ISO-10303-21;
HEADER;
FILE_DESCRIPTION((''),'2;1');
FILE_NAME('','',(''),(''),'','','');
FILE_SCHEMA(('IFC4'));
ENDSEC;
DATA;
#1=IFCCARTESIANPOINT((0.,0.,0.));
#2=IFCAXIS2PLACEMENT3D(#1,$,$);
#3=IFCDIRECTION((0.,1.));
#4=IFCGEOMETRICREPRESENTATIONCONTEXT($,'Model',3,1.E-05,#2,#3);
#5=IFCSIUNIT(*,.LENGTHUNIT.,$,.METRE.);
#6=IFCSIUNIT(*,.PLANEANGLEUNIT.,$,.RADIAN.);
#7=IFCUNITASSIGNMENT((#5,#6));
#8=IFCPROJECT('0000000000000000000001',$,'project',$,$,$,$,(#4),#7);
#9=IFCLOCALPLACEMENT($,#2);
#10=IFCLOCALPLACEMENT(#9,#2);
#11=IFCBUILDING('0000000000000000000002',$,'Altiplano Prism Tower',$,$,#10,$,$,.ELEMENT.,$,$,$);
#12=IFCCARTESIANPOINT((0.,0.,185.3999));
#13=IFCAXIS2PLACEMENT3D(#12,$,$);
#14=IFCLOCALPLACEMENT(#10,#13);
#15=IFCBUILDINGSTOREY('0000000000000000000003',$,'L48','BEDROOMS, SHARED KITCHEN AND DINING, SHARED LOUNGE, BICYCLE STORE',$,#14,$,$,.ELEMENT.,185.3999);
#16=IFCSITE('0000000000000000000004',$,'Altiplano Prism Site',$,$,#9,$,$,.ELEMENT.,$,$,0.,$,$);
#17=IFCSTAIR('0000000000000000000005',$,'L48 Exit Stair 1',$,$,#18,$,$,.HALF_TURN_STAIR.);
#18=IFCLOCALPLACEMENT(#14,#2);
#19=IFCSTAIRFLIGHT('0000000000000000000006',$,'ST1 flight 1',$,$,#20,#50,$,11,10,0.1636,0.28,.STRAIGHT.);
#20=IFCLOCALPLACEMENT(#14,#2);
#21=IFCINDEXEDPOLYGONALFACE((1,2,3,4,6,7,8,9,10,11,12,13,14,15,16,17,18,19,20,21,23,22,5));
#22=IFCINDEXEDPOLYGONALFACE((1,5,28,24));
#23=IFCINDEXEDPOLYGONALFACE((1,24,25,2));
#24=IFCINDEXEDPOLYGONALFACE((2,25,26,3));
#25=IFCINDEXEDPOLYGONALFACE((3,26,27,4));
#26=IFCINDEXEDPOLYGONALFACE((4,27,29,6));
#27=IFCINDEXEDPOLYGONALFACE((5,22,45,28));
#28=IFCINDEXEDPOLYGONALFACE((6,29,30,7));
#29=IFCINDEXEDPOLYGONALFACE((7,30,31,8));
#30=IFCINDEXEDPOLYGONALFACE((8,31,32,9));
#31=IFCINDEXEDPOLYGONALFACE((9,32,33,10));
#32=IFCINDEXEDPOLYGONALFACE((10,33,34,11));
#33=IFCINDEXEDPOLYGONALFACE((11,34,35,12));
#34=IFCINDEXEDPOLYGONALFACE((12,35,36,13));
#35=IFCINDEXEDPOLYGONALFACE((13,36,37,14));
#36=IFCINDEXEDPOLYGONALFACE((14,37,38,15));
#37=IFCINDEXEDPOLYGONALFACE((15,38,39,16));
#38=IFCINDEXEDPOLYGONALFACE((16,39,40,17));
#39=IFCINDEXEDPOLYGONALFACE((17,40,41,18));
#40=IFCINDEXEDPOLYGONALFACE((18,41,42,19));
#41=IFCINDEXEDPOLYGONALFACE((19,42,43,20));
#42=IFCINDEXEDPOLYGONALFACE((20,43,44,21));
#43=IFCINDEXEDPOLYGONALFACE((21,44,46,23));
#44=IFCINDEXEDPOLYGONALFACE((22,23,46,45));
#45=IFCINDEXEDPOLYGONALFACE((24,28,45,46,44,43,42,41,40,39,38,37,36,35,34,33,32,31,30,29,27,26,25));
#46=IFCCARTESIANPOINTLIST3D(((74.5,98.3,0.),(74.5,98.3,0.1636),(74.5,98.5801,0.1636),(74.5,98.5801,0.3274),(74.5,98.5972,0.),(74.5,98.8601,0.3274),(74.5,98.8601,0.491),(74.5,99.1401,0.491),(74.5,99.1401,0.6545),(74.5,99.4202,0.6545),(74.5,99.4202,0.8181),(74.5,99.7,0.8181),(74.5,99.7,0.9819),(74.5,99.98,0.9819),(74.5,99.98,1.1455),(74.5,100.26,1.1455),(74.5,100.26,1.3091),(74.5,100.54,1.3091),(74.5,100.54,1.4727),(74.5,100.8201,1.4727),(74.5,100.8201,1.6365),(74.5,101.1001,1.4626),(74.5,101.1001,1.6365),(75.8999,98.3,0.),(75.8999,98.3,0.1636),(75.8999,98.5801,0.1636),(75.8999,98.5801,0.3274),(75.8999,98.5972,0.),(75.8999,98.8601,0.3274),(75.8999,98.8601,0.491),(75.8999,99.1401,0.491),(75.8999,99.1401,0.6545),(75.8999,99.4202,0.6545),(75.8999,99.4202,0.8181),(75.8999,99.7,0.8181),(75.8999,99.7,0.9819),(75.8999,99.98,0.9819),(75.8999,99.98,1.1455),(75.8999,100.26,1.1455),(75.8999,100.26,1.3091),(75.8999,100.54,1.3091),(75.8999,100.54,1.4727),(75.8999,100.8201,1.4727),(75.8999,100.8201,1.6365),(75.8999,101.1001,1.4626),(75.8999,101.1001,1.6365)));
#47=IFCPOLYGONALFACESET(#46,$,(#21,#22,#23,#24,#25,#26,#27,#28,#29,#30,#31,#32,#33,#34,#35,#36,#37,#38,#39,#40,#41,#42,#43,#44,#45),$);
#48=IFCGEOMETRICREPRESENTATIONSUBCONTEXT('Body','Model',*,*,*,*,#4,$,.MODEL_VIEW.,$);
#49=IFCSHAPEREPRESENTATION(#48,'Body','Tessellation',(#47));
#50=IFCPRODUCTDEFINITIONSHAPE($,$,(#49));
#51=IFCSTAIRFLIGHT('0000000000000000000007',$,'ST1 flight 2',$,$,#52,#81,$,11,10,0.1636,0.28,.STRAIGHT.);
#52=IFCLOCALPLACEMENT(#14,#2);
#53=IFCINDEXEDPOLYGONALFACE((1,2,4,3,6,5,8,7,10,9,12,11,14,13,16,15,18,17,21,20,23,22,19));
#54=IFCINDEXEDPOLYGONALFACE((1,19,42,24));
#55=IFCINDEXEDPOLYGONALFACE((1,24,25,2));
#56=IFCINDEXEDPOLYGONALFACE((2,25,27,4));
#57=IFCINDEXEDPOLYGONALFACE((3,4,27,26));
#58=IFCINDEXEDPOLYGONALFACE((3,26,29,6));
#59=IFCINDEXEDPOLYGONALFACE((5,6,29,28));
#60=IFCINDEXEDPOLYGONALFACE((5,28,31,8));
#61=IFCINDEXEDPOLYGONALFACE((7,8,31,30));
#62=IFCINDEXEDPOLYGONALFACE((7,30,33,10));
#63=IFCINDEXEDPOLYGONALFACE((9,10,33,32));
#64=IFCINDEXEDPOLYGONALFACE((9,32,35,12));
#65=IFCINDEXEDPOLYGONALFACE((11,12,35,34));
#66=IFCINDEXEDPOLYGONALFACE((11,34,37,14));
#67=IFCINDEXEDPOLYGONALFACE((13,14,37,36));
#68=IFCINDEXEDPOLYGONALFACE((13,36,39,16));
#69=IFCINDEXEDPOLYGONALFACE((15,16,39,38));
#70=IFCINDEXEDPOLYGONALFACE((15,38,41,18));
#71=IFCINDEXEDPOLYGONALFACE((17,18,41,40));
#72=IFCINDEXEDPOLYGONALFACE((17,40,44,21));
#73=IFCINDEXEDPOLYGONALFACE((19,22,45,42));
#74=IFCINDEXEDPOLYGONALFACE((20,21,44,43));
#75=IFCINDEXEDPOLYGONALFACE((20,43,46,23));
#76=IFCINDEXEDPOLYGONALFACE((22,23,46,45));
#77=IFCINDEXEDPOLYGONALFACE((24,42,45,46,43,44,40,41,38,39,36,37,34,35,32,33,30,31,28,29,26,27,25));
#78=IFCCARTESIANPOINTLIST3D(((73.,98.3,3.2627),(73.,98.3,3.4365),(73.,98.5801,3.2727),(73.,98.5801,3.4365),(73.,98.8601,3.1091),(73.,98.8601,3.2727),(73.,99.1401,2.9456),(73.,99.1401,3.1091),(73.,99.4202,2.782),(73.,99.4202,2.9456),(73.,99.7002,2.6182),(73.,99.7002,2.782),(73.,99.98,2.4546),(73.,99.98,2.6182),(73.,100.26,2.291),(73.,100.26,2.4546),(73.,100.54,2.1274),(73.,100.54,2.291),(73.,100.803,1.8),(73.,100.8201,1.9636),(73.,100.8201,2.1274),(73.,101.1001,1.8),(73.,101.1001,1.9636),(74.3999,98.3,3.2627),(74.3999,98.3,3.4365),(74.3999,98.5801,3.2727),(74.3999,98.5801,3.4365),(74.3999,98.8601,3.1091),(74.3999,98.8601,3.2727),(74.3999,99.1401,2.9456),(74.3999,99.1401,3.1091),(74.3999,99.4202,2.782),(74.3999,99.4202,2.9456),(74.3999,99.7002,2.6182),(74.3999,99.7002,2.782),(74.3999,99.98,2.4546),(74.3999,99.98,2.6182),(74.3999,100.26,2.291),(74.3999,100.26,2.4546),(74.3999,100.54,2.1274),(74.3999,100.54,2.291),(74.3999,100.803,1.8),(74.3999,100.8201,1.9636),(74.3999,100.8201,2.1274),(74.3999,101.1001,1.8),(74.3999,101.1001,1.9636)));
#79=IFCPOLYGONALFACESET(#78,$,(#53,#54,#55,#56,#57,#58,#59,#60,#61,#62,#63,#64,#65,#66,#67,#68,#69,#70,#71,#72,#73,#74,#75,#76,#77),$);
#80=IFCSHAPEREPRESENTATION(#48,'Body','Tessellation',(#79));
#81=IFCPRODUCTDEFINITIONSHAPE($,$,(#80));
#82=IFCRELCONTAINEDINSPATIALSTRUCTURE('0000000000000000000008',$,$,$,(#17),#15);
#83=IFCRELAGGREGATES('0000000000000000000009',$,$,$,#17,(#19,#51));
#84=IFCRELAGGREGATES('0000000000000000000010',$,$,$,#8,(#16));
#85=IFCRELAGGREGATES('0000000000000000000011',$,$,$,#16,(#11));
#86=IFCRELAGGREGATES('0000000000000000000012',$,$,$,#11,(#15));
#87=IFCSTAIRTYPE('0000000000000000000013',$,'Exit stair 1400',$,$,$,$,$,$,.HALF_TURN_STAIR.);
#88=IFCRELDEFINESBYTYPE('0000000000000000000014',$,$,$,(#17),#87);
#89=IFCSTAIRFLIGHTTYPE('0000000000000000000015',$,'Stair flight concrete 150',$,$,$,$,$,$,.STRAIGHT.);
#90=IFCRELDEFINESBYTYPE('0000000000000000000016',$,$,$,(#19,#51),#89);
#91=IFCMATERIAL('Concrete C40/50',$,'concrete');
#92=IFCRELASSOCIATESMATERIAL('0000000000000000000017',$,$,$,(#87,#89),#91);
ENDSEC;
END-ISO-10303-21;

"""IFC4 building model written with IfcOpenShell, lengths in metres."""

from ifc_helpers import new_model, si_unit, direction, frame, origin, place, context, subcontext, project, spatial, polyline, outline, extrude, material, type_object, element, aggregate, save


model = new_model("IFC4")

# Units and contexts
model_context = context("Model", 3, precision=1e-05, world=origin(), true_north=direction((0.0, 1.0)))
body_context = subcontext(model_context, "Body", "Model", "MODEL_VIEW")
ifc_project = project(units=[si_unit("LENGTHUNIT", "METRE"), si_unit("PLANEANGLEUNIT", "RADIAN")], contexts=[model_context])

# Site, building, storey
site_placement = place(None, origin())
site = spatial("IfcSite", under=ifc_project, at=site_placement, Name="Altiplano Prism Site", CompositionType="ELEMENT", RefElevation=0.0)
building_placement = place(site_placement, origin())
building = spatial("IfcBuilding", under=site, at=building_placement, Name="Altiplano Prism Tower", CompositionType="ELEMENT")
storey_placement = place(building_placement, frame((0.0, 0.0, 185.3999)))
storey = spatial("IfcBuildingStorey", under=building, at=storey_placement, Name="L48", Description="BEDROOMS, SHARED KITCHEN AND DINING, SHARED LOUNGE, BICYCLE STORE", CompositionType="ELEMENT", Elevation=185.3999)

# Stair, stair flights
ifc_material_1 = material(Name="Concrete C40/50", Category="concrete")
stair_type = type_object("IfcStairType", Name="Exit stair 1400", PredefinedType="HALF_TURN_STAIR", material=ifc_material_1)
stair_placement = place(storey_placement, origin())
stair = element("IfcStair", 1, at=stair_placement, inside=storey, type_object=stair_type, Name="L48 Exit Stair 1", PredefinedType="HALF_TURN_STAIR")
stair_flight_type = type_object("IfcStairFlightType", Name="Stair flight concrete 150", PredefinedType="STRAIGHT", material=ifc_material_1)
stair_flight_1_placement = place(storey_placement, frame((75.2, 98.3, 0.0), z_axis=(0.0, 0.0, 1.0), x_axis=(0.0, 1.0, 0.0)))
stair_flight_1 = element("IfcStairFlight", 2, at=stair_flight_1_placement, type_object=stair_flight_type, Name="ST1 flight 1", NumberOfRisers=11, NumberOfTreads=10, PredefinedType="STRAIGHT", RiserHeight=0.1636, TreadLength=0.28, context=body_context, shape_type="SweptSolid", body=[
    extrude(outline(polyline([(0.0, 0.0), (0.0, 0.1636), (0.28, 0.1636), (0.28, 0.3274), (0.5601, 0.3274), (0.5601, 0.491), (0.8401, 0.491), (0.8401, 0.6545), (1.1201, 0.6545), (1.1201, 0.8181), (1.3999, 0.8181), (1.3999, 0.9819), (1.6799, 0.9819), (1.6799, 1.1455), (1.96, 1.1455), (1.96, 1.3091), (2.24, 1.3091), (2.24, 1.4727), (2.52, 1.4727), (2.52, 1.6365), (2.8, 1.6365), (2.8, 1.8), (2.8, 1.4626), (0.2971, 0.0), (0.0, 0.0)])), frame((0.0, 0.7, 0.0), z_axis=(0.0, -1.0, 0.0), x_axis=(1.0, 0.0, 0.0)), (0.0, 0.0, 1.0), 1.3999),
])
stair_flight_2_placement = place(storey_placement, frame((73.7, 101.1001, 1.8), z_axis=(0.0, 0.0, 1.0), x_axis=(0.0, -1.0, 0.0)))
stair_flight_2 = element("IfcStairFlight", 3, at=stair_flight_2_placement, type_object=stair_flight_type, Name="ST1 flight 2", NumberOfRisers=11, NumberOfTreads=10, PredefinedType="STRAIGHT", RiserHeight=0.1636, TreadLength=0.28, context=body_context, shape_type="SweptSolid", body=[
    extrude(outline(polyline([(0.0, 0.0), (0.0, 0.1636), (0.28, 0.1636), (0.28, 0.3274), (0.5601, 0.3274), (0.5601, 0.491), (0.8401, 0.491), (0.8401, 0.6545), (1.1201, 0.6545), (1.1201, 0.8181), (1.3999, 0.8181), (1.3999, 0.9819), (1.6799, 0.9819), (1.6799, 1.1455), (1.96, 1.1455), (1.96, 1.3091), (2.24, 1.3091), (2.24, 1.4727), (2.52, 1.4727), (2.52, 1.6365), (2.8, 1.6365), (2.8, 1.8), (2.8, 1.4626), (0.2971, 0.0), (0.0, 0.0)])), frame((0.0, 0.7, 0.0), z_axis=(0.0, -1.0, 0.0), x_axis=(1.0, 0.0, 0.0)), (0.0, 0.0, 1.0), 1.3999),
])
aggregate(stair, [stair_flight_1, stair_flight_2])

save(model, "model.ifc")
